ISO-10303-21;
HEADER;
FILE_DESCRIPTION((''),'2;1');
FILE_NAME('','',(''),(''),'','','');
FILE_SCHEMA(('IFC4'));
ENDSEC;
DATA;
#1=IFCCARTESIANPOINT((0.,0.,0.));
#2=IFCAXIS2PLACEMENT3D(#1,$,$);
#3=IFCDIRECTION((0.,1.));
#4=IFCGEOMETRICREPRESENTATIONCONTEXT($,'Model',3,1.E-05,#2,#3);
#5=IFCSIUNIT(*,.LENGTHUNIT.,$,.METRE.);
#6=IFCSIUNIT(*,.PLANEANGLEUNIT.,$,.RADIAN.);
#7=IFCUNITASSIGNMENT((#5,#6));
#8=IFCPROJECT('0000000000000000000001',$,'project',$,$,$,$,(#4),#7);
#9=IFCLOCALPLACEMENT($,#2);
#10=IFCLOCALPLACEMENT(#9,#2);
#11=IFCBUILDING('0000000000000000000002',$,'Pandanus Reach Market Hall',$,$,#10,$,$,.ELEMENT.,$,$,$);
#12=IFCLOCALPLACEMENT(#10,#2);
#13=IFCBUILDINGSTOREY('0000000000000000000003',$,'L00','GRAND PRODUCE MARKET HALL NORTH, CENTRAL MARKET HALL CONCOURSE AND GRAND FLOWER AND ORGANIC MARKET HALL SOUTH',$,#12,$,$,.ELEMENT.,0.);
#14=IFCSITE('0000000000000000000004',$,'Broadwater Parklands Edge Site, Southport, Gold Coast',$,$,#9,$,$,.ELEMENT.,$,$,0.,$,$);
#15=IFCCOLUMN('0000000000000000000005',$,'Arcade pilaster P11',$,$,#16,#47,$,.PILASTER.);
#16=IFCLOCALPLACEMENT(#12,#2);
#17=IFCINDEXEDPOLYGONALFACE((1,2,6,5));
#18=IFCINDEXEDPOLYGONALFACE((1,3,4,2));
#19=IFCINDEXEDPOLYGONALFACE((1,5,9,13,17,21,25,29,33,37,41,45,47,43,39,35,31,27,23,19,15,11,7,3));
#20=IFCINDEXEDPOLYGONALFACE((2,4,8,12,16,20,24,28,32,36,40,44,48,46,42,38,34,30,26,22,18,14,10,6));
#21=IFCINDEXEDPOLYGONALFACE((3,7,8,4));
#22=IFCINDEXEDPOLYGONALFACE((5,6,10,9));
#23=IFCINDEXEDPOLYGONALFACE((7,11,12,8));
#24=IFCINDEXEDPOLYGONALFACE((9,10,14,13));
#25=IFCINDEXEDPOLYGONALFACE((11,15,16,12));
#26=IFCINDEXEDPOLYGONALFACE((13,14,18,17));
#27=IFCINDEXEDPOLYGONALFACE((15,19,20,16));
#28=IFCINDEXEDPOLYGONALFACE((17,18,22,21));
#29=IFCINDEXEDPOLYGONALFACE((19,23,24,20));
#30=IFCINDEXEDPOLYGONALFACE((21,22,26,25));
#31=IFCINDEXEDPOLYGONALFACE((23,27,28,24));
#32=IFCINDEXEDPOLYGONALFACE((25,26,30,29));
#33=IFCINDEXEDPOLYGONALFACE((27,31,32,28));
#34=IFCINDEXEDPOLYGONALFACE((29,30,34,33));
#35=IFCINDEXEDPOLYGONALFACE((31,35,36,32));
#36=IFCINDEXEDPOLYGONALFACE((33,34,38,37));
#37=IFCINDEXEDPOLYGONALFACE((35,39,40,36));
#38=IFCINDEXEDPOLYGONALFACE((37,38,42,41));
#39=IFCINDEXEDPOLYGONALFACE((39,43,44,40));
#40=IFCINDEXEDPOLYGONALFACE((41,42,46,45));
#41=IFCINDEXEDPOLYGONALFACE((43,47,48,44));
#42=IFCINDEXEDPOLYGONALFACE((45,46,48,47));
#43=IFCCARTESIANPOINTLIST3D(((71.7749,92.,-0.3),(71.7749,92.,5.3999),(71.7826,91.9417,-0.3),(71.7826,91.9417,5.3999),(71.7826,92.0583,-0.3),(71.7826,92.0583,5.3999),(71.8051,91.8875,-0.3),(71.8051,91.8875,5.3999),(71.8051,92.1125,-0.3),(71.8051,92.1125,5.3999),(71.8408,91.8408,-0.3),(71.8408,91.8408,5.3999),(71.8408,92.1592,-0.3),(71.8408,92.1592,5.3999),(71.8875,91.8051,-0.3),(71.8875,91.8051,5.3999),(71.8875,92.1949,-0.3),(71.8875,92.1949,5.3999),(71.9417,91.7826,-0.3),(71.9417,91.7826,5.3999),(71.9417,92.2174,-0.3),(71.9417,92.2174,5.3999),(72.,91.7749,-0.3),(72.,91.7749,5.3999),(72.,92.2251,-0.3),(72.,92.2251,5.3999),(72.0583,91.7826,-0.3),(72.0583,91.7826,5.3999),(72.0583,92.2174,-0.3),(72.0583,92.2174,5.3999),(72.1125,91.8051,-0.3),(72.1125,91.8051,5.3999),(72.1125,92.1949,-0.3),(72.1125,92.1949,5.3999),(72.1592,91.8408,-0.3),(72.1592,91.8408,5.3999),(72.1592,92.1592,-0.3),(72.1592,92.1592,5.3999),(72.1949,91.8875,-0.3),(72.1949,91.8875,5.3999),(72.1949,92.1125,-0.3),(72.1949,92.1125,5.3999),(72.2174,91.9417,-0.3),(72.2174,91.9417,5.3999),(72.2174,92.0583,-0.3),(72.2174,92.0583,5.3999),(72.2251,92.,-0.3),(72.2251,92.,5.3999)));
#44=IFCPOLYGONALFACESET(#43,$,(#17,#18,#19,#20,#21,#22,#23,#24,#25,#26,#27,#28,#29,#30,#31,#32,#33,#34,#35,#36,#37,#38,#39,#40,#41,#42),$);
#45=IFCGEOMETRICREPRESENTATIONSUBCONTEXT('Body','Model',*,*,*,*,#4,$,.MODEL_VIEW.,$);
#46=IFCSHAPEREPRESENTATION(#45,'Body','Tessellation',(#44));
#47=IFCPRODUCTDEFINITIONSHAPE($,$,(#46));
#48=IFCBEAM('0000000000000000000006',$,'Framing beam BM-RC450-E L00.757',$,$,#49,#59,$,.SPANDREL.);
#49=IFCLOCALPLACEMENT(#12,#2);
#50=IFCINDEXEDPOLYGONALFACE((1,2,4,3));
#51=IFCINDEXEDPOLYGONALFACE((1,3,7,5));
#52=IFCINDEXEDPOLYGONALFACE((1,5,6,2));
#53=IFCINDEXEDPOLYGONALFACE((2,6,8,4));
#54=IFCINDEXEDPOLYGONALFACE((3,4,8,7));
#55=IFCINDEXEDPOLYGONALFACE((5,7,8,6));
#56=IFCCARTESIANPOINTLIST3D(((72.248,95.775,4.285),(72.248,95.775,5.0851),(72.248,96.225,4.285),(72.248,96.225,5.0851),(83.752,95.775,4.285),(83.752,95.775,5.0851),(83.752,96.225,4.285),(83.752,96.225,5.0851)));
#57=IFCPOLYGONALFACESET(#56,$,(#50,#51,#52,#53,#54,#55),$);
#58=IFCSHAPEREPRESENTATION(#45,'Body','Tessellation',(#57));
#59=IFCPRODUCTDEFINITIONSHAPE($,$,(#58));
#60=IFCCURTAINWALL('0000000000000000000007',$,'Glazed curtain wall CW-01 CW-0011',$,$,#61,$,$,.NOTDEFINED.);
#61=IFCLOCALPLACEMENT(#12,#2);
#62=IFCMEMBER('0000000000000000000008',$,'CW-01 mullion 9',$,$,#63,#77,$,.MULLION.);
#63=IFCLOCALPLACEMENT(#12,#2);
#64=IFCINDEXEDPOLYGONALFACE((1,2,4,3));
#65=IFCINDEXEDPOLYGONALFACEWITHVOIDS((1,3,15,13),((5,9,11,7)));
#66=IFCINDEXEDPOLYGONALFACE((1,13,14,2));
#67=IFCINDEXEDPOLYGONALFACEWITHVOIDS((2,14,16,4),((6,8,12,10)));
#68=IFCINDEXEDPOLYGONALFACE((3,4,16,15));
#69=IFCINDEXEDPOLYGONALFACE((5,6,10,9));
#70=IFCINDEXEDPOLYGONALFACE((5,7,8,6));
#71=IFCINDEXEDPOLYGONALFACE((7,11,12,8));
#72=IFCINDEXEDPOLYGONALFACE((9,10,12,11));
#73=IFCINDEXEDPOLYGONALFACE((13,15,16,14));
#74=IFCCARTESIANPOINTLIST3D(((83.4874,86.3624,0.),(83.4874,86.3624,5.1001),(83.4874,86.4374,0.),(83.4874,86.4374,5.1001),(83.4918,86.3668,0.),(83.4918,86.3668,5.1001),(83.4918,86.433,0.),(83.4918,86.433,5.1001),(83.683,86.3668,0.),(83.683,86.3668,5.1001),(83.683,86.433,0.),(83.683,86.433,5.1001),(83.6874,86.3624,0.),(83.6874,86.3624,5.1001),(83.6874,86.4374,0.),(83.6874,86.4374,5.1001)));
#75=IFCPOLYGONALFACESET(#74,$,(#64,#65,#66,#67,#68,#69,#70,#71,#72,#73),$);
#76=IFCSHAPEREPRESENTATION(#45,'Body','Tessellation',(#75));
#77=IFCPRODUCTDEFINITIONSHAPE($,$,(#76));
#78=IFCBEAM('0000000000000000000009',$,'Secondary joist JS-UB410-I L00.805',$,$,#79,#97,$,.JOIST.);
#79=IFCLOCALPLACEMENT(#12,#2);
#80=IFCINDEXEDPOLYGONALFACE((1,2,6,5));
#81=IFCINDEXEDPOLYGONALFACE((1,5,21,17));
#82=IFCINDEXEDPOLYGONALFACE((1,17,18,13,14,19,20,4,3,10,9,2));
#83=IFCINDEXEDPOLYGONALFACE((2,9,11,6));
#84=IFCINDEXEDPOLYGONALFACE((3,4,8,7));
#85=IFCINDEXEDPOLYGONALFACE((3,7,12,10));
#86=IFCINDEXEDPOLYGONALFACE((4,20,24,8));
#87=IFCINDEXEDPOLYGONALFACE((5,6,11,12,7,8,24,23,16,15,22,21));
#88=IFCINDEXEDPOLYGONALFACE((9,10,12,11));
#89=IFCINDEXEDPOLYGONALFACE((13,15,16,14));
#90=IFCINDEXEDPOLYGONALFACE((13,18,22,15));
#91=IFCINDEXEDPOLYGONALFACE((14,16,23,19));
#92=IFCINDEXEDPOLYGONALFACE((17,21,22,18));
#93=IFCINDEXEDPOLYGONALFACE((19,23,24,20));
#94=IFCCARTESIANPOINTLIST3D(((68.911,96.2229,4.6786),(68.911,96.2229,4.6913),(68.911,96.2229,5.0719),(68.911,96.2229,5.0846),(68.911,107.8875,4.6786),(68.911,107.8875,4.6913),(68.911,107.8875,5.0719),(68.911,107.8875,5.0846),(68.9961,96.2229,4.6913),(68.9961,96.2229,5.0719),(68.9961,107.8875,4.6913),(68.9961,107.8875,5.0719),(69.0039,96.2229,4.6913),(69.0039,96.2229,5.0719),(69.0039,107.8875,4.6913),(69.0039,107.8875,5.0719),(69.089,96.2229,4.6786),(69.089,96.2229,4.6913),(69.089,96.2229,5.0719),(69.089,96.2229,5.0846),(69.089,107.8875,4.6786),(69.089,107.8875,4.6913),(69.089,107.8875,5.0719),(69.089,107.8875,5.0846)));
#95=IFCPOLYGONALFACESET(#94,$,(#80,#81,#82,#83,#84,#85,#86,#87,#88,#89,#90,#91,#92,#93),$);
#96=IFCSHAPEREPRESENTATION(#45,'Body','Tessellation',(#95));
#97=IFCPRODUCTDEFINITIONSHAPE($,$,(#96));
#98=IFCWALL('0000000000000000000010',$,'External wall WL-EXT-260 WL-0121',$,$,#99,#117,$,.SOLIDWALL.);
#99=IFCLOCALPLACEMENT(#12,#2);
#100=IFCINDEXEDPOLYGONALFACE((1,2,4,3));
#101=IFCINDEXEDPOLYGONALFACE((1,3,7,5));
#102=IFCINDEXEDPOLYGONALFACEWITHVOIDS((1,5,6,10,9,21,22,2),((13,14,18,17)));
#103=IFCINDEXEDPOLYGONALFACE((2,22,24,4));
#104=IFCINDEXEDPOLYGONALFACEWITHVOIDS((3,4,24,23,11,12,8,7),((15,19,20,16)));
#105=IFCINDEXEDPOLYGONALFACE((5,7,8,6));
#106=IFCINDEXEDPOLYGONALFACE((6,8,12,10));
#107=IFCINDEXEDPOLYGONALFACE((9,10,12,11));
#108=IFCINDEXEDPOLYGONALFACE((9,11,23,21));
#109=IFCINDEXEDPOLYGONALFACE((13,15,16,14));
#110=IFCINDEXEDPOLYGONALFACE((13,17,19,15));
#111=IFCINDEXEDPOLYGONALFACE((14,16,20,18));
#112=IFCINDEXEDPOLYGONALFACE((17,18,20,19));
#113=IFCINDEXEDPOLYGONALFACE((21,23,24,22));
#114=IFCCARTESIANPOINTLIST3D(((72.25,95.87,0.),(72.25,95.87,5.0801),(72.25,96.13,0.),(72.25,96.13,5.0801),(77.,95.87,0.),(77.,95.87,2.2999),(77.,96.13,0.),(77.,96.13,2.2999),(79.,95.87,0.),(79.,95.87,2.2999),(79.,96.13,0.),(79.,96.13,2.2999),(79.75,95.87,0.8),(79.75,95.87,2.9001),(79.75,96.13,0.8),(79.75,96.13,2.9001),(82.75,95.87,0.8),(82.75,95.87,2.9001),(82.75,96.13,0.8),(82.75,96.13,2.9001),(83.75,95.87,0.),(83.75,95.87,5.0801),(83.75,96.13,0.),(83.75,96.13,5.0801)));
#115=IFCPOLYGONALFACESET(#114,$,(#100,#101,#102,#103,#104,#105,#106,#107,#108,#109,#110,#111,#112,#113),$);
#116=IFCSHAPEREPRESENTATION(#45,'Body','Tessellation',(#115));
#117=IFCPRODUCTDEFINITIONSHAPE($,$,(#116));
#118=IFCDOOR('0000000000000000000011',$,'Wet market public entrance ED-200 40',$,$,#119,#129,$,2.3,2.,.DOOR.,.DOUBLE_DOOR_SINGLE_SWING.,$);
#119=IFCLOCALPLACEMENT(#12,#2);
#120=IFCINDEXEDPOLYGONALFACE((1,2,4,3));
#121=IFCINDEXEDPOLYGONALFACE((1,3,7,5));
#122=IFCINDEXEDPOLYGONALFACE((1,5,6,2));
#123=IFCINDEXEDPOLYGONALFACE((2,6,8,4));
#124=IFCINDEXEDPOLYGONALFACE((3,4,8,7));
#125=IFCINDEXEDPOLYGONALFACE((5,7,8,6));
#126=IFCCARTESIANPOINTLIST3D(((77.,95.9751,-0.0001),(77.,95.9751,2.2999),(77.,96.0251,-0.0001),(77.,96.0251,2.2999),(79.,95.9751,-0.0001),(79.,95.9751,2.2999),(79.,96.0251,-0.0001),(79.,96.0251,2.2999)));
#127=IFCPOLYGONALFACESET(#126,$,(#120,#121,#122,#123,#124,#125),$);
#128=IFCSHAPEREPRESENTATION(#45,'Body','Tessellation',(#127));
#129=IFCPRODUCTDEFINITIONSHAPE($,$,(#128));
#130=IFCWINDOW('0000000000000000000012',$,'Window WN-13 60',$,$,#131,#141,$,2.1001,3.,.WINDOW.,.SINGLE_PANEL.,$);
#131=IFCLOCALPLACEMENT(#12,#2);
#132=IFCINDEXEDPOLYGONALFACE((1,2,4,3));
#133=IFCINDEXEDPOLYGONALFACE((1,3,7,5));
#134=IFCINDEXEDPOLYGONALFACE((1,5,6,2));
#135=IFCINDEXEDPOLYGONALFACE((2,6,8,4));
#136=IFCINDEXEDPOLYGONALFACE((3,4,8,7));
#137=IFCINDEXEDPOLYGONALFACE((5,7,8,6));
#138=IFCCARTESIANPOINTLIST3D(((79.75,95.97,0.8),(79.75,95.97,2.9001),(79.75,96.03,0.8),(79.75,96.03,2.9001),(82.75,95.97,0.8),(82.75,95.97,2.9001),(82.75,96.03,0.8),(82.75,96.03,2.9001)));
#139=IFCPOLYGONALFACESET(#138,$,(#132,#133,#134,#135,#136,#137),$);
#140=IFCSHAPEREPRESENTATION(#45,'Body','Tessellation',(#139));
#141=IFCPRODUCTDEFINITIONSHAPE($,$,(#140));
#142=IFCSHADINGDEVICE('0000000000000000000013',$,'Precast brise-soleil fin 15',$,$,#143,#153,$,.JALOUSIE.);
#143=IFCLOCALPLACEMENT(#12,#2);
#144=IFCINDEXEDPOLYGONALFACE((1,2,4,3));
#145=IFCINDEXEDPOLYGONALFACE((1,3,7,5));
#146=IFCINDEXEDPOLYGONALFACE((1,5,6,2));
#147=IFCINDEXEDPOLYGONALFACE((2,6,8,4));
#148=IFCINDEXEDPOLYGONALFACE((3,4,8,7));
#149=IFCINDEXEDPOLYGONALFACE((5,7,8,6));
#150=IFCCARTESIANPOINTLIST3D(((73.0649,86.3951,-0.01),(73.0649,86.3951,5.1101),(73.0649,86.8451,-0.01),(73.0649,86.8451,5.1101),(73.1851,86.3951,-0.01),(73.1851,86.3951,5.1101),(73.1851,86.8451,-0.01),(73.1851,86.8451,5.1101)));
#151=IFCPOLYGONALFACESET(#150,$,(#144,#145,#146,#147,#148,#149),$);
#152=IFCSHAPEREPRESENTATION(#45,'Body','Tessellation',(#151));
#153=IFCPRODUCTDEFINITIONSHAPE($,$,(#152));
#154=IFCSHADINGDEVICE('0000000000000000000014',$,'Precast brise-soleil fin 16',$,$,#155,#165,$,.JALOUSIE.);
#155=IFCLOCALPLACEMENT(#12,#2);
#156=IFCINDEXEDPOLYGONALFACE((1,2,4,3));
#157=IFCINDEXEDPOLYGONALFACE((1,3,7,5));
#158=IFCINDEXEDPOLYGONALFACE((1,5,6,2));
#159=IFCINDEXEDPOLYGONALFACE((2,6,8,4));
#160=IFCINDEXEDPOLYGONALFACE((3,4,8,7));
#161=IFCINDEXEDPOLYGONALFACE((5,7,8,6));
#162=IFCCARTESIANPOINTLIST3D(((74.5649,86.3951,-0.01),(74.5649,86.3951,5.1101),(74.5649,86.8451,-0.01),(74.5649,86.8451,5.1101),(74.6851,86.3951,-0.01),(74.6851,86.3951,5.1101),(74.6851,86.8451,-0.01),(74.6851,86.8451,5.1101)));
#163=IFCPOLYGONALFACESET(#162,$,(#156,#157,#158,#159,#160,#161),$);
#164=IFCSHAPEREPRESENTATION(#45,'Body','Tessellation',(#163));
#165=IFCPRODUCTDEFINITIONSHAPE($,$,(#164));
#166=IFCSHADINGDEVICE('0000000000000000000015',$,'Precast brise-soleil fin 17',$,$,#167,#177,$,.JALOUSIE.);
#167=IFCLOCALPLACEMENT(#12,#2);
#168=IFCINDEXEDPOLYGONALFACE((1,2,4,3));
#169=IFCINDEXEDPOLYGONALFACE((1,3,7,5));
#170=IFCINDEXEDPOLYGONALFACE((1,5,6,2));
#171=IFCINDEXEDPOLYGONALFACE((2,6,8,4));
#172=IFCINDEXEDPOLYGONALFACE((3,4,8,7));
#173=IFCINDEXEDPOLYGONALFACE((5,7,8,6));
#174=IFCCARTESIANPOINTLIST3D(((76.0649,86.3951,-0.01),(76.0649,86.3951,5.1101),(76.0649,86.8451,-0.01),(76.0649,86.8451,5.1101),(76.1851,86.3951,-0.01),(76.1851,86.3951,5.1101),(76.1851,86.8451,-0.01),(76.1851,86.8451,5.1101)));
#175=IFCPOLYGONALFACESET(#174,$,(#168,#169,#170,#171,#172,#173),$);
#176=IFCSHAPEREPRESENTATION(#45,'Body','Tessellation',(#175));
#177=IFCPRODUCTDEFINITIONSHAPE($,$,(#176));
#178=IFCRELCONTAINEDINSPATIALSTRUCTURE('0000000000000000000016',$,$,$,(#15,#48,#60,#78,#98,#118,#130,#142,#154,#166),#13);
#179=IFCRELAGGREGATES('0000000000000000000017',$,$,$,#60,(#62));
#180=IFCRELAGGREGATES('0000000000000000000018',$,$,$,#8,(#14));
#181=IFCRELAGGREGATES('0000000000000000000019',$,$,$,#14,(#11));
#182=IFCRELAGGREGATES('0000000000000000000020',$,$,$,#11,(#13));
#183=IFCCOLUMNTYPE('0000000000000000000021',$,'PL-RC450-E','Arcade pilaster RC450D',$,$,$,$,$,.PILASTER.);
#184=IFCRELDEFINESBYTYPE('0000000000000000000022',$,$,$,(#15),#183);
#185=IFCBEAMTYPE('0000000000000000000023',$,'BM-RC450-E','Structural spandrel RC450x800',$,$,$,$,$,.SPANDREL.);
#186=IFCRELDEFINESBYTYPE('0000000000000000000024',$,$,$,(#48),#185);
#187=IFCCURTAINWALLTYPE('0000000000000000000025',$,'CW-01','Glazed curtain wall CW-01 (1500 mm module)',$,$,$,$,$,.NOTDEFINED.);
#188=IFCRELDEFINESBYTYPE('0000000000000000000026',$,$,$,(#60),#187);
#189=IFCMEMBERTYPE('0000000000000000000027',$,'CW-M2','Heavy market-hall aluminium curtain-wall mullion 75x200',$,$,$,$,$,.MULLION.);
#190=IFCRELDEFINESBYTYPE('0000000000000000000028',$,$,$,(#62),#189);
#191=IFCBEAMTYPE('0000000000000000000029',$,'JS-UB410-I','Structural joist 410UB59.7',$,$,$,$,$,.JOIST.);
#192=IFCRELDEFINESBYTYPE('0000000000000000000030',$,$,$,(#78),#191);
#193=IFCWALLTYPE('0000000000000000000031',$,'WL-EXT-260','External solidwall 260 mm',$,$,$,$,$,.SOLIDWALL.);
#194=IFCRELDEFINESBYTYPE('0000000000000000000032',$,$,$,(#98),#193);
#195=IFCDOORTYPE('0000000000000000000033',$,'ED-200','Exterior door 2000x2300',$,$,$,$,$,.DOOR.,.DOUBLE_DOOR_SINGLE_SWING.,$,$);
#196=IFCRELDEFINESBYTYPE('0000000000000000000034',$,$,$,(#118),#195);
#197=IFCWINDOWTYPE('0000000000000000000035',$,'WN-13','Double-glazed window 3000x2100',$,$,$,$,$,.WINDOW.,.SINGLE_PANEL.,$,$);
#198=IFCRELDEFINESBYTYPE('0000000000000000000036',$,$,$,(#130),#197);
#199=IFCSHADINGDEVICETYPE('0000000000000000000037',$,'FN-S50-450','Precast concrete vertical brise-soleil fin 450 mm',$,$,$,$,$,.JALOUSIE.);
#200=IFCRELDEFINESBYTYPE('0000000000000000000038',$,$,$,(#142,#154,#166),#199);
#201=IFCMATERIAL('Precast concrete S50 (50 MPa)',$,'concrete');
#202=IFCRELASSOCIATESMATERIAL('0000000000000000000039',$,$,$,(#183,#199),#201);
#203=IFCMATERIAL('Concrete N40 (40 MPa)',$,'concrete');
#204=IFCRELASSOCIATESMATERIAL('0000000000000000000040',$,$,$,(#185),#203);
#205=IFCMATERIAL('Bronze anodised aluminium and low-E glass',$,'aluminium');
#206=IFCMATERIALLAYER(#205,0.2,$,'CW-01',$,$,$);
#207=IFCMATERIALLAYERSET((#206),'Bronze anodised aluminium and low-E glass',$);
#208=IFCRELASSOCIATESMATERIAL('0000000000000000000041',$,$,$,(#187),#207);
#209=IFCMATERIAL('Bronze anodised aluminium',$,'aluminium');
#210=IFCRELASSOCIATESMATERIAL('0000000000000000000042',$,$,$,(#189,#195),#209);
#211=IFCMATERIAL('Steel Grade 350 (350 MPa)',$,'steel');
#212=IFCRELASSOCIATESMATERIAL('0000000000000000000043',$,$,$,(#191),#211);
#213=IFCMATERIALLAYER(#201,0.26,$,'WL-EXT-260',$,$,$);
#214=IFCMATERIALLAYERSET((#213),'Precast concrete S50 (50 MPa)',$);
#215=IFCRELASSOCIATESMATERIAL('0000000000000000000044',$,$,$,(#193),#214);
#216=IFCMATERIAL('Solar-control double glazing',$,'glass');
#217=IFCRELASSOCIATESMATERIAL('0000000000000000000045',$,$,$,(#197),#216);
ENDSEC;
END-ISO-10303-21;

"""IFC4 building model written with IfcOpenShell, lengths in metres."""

from ifc_helpers import new_model, si_unit, direction, frame, frame_2d, origin, origin_2d, place, context, subcontext, project, spatial, rectangle, hollow_rectangle, circle, i_section, extrude, material, layer, layer_set, material_profile, profile_set, type_object, element, fill, aggregate, save


model = new_model("IFC4")

# Units and contexts
model_context = context("Model", 3, precision=1e-05, world=origin(), true_north=direction((0.0, 1.0)))
body_context = subcontext(model_context, "Body", "Model", "MODEL_VIEW")
ifc_project = project(units=[si_unit("LENGTHUNIT", "METRE"), si_unit("PLANEANGLEUNIT", "RADIAN")], contexts=[model_context])

# Site, building, storey
site_placement = place(None, origin())
site = spatial("IfcSite", under=ifc_project, at=site_placement, Name="Broadwater Parklands Edge Site, Southport, Gold Coast", CompositionType="ELEMENT", RefElevation=0.0)
building_placement = place(site_placement, origin())
building = spatial("IfcBuilding", under=site, at=building_placement, Name="Pandanus Reach Market Hall", CompositionType="ELEMENT")
storey_placement = place(building_placement, origin())
storey = spatial("IfcBuildingStorey", under=building, at=storey_placement, Name="L00", Description="GRAND PRODUCE MARKET HALL NORTH, CENTRAL MARKET HALL CONCOURSE AND GRAND FLOWER AND ORGANIC MARKET HALL SOUTH", CompositionType="ELEMENT", Elevation=0.0)

# Shared definitions
ifc_material_1 = material(Name="Concrete N40 (40 MPa)", Category="concrete")

# Column
ifc_material_2 = material(Name="Precast concrete S50 (50 MPa)", Category="concrete")
ifc_material_profile_1 = material_profile(ifc_material_2, circle(Radius=0.2251, at=origin_2d()), Name="RC450D", Category="LoadBearing")
ifc_profile_set_1 = profile_set([ifc_material_profile_1], Name="Precast concrete S50 (50 MPa)")
column_type_1 = type_object("IfcColumnType", Name="PL-RC450-E", Description="Arcade pilaster RC450D", PredefinedType="PILASTER", material=ifc_profile_set_1)
column_1_placement = place(storey_placement, frame((72.0, 92.0, -0.3), z_axis=(0.0, 0.0, 1.0), x_axis=(1.0, 0.0, 0.0)))
element("IfcColumn", 1, at=column_1_placement, inside=storey, type_object=column_type_1, Name="Arcade pilaster P11", PredefinedType="PILASTER", context=body_context, shape_type="SweptSolid", body=[
    extrude(circle(Radius=0.2251, at=origin_2d()), origin(), (0.0, 0.0, 1.0), 5.7),
])

# Beam
ifc_material_profile_2 = material_profile(ifc_material_1, rectangle(XDim=0.45, YDim=0.8, at=origin_2d()), Name="RC450x800", Category="LoadBearing")
ifc_profile_set_2 = profile_set([ifc_material_profile_2], Name="Concrete N40 (40 MPa)")
beam_type_1 = type_object("IfcBeamType", Name="BM-RC450-E", Description="Structural spandrel RC450x800", PredefinedType="SPANDREL", material=ifc_profile_set_2)
beam_1_placement = place(storey_placement, frame((72.248, 96.0, 4.6851), z_axis=(1.0, 0.0, 0.0), x_axis=(0.0, 1.0, 0.0)))
element("IfcBeam", 2, at=beam_1_placement, inside=storey, type_object=beam_type_1, Name="Framing beam BM-RC450-E L00.757", PredefinedType="SPANDREL", context=body_context, shape_type="SweptSolid", body=[
    extrude(rectangle(XDim=0.45, YDim=0.8, at=origin_2d()), origin(), (0.0, 0.0, 1.0), 11.5039),
])

# Curtain wall, member
ifc_material_3 = material(Name="Bronze anodised aluminium and low-E glass", Category="aluminium")
ifc_layer_1 = layer(ifc_material_3, 0.2, Name="CW-01")
ifc_layer_set_1 = layer_set([ifc_layer_1], Name="Bronze anodised aluminium and low-E glass")
curtain_wall_type = type_object("IfcCurtainWallType", Name="CW-01", Description="Glazed curtain wall CW-01 (1500 mm module)", PredefinedType="NOTDEFINED", material=ifc_layer_set_1)
curtain_wall_placement = place(storey_placement, origin())
curtain_wall = element("IfcCurtainWall", 3, at=curtain_wall_placement, inside=storey, type_object=curtain_wall_type, Name="Glazed curtain wall CW-01 CW-0011", PredefinedType="NOTDEFINED")
ifc_material_4 = material(Name="Bronze anodised aluminium", Category="aluminium")
ifc_material_profile_3 = material_profile(ifc_material_4, hollow_rectangle(XDim=0.075, YDim=0.2, WallThickness=0.0044, at=origin_2d()), Name="ALU75x200", Category="LoadBearing")
ifc_profile_set_3 = profile_set([ifc_material_profile_3], Name="Bronze anodised aluminium")
member_type = type_object("IfcMemberType", Name="CW-M2", Description="Heavy market-hall aluminium curtain-wall mullion 75x200", PredefinedType="MULLION", material=ifc_profile_set_3)
member_placement = place(storey_placement, frame((83.5874, 86.3999, 0.0), z_axis=(0.0, 0.0, 1.0), x_axis=(0.0, 1.0, 0.0)))
member = element("IfcMember", 4, at=member_placement, type_object=member_type, Name="CW-01 mullion 9", PredefinedType="MULLION", context=body_context, shape_type="SweptSolid", body=[
    extrude(hollow_rectangle(XDim=0.075, YDim=0.2, WallThickness=0.0044, at=origin_2d()), origin(), (0.0, 0.0, 1.0), 5.1001),
])
aggregate(curtain_wall, [member])

# Beam
ifc_material_5 = material(Name="Steel Grade 350 (350 MPa)", Category="steel")
ifc_material_profile_4 = material_profile(ifc_material_5, i_section(OverallWidth=0.178, OverallDepth=0.406, WebThickness=0.0078, FlangeThickness=0.0127, at=origin_2d()), Name="410UB59.7", Category="LoadBearing")
ifc_profile_set_4 = profile_set([ifc_material_profile_4], Name="Steel Grade 350 (350 MPa)")
beam_type_2 = type_object("IfcBeamType", Name="JS-UB410-I", Description="Structural joist 410UB59.7", PredefinedType="JOIST", material=ifc_profile_set_4)
beam_2_placement = place(storey_placement, frame((69.0, 96.2229, 4.8816), z_axis=(0.0, 1.0, 0.0), x_axis=(-1.0, 0.0, 0.0)))
element("IfcBeam", 5, at=beam_2_placement, inside=storey, type_object=beam_type_2, Name="Secondary joist JS-UB410-I L00.805", PredefinedType="JOIST", context=body_context, shape_type="SweptSolid", body=[
    extrude(i_section(OverallWidth=0.178, OverallDepth=0.406, WebThickness=0.0078, FlangeThickness=0.0127, at=origin_2d()), origin(), (0.0, 0.0, 1.0), 11.6646),
])

# Wall, openings, door, window
ifc_layer_2 = layer(ifc_material_2, 0.26, Name="WL-EXT-260")
ifc_layer_set_2 = layer_set([ifc_layer_2], Name="Precast concrete S50 (50 MPa)")
wall_type = type_object("IfcWallType", Name="WL-EXT-260", Description="External solidwall 260 mm", PredefinedType="SOLIDWALL", material=ifc_layer_set_2)
wall_placement = place(storey_placement, frame((72.25, 96.0, 0.0), z_axis=(0.0, 0.0, 1.0), x_axis=(1.0, 0.0, 0.0)))
wall = element("IfcWall", 6, at=wall_placement, inside=storey, type_object=wall_type, Name="External wall WL-EXT-260 WL-0121", PredefinedType="SOLIDWALL", context=body_context, shape_type="SweptSolid", body=[
    extrude(rectangle(XDim=11.5, YDim=0.26, at=frame_2d((5.75, 0.0))), origin(), (0.0, 0.0, 1.0), 5.0801),
])
opening_1_placement = place(wall_placement, frame((4.75, 0.0, 0.0)))
opening_1 = element("IfcOpeningElement", 7, at=opening_1_placement, cuts=wall, PredefinedType="OPENING", context=body_context, shape_type="SweptSolid", body=[
    extrude(rectangle(XDim=2.0, YDim=2.3, at=frame_2d((1.0, 1.1499))), frame((0.0, 0.145, 0.0), z_axis=(0.0, -1.0, 0.0), x_axis=(1.0, 0.0, 0.0)), (0.0, 0.0, 1.0), 0.29),
])
opening_2_placement = place(wall_placement, frame((7.5, 0.0, 0.8)))
opening_2 = element("IfcOpeningElement", 8, at=opening_2_placement, cuts=wall, PredefinedType="OPENING", context=body_context, shape_type="SweptSolid", body=[
    extrude(rectangle(XDim=3.0, YDim=2.1001, at=frame_2d((1.5, 1.05))), frame((0.0, 0.145, 0.0), z_axis=(0.0, -1.0, 0.0), x_axis=(1.0, 0.0, 0.0)), (0.0, 0.0, 1.0), 0.29),
])
door_type = type_object("IfcDoorType", Name="ED-200", Description="Exterior door 2000x2300", OperationType="DOUBLE_DOOR_SINGLE_SWING", PredefinedType="DOOR", material=ifc_material_4)
door_placement = place(opening_1_placement, frame((2.0, 0.0, 0.0), z_axis=(0.0, 0.0, 1.0), x_axis=(-1.0, 0.0, 0.0)))
door = element("IfcDoor", 9, at=door_placement, inside=storey, type_object=door_type, Name="Wet market public entrance ED-200 40", OperationType="DOUBLE_DOOR_SINGLE_SWING", OverallHeight=2.3, OverallWidth=2.0, PredefinedType="DOOR", context=body_context, shape_type="SweptSolid", body=[
    extrude(rectangle(XDim=2.0, YDim=2.3, at=frame_2d((1.0, 1.1499))), frame((0.0, 0.0249, 0.0), z_axis=(0.0, -1.0, 0.0), x_axis=(1.0, 0.0, 0.0)), (0.0, 0.0, 1.0), 0.05),
])
fill(opening_1, door)
ifc_material_6 = material(Name="Solar-control double glazing", Category="glass")
window_type = type_object("IfcWindowType", Name="WN-13", Description="Double-glazed window 3000x2100", PartitioningType="SINGLE_PANEL", PredefinedType="WINDOW", material=ifc_material_6)
window_placement = place(opening_2_placement, origin())
window = element("IfcWindow", 10, at=window_placement, inside=storey, type_object=window_type, Name="Window WN-13 60", OverallHeight=2.1001, OverallWidth=3.0, PartitioningType="SINGLE_PANEL", PredefinedType="WINDOW", context=body_context, shape_type="SweptSolid", body=[
    extrude(rectangle(XDim=3.0, YDim=2.1001, at=frame_2d((1.5, 1.05))), frame((0.0, 0.03, 0.0), z_axis=(0.0, -1.0, 0.0), x_axis=(1.0, 0.0, 0.0)), (0.0, 0.0, 1.0), 0.0601),
])
fill(opening_2, window)

# Shading devices
shading_device_type = type_object("IfcShadingDeviceType", Name="FN-S50-450", Description="Precast concrete vertical brise-soleil fin 450 mm", PredefinedType="JALOUSIE", material=ifc_material_2)
for number, where, z_axis, x_axis, name in (
    (11, (73.125, 86.6201, -0.01), (0.0, 0.0, 1.0), (0.0, 1.0, 0.0), "Precast brise-soleil fin 15"),
    (12, (74.625, 86.6201, -0.01), (0.0, 0.0, 1.0), (0.0, 1.0, 0.0), "Precast brise-soleil fin 16"),
    (13, (76.125, 86.6201, -0.01), (0.0, 0.0, 1.0), (0.0, 1.0, 0.0), "Precast brise-soleil fin 17"),
):
    element("IfcShadingDevice", number, at=place(storey_placement, frame(where, z_axis=z_axis, x_axis=x_axis)), inside=storey, type_object=shading_device_type, Name=name, PredefinedType="JALOUSIE", context=body_context, shape_type="SweptSolid", body=[
        extrude(rectangle(XDim=0.45, YDim=0.1201, at=origin_2d()), origin(), (0.0, 0.0, 1.0), 5.1201),
    ])

save(model, "model.ifc")
